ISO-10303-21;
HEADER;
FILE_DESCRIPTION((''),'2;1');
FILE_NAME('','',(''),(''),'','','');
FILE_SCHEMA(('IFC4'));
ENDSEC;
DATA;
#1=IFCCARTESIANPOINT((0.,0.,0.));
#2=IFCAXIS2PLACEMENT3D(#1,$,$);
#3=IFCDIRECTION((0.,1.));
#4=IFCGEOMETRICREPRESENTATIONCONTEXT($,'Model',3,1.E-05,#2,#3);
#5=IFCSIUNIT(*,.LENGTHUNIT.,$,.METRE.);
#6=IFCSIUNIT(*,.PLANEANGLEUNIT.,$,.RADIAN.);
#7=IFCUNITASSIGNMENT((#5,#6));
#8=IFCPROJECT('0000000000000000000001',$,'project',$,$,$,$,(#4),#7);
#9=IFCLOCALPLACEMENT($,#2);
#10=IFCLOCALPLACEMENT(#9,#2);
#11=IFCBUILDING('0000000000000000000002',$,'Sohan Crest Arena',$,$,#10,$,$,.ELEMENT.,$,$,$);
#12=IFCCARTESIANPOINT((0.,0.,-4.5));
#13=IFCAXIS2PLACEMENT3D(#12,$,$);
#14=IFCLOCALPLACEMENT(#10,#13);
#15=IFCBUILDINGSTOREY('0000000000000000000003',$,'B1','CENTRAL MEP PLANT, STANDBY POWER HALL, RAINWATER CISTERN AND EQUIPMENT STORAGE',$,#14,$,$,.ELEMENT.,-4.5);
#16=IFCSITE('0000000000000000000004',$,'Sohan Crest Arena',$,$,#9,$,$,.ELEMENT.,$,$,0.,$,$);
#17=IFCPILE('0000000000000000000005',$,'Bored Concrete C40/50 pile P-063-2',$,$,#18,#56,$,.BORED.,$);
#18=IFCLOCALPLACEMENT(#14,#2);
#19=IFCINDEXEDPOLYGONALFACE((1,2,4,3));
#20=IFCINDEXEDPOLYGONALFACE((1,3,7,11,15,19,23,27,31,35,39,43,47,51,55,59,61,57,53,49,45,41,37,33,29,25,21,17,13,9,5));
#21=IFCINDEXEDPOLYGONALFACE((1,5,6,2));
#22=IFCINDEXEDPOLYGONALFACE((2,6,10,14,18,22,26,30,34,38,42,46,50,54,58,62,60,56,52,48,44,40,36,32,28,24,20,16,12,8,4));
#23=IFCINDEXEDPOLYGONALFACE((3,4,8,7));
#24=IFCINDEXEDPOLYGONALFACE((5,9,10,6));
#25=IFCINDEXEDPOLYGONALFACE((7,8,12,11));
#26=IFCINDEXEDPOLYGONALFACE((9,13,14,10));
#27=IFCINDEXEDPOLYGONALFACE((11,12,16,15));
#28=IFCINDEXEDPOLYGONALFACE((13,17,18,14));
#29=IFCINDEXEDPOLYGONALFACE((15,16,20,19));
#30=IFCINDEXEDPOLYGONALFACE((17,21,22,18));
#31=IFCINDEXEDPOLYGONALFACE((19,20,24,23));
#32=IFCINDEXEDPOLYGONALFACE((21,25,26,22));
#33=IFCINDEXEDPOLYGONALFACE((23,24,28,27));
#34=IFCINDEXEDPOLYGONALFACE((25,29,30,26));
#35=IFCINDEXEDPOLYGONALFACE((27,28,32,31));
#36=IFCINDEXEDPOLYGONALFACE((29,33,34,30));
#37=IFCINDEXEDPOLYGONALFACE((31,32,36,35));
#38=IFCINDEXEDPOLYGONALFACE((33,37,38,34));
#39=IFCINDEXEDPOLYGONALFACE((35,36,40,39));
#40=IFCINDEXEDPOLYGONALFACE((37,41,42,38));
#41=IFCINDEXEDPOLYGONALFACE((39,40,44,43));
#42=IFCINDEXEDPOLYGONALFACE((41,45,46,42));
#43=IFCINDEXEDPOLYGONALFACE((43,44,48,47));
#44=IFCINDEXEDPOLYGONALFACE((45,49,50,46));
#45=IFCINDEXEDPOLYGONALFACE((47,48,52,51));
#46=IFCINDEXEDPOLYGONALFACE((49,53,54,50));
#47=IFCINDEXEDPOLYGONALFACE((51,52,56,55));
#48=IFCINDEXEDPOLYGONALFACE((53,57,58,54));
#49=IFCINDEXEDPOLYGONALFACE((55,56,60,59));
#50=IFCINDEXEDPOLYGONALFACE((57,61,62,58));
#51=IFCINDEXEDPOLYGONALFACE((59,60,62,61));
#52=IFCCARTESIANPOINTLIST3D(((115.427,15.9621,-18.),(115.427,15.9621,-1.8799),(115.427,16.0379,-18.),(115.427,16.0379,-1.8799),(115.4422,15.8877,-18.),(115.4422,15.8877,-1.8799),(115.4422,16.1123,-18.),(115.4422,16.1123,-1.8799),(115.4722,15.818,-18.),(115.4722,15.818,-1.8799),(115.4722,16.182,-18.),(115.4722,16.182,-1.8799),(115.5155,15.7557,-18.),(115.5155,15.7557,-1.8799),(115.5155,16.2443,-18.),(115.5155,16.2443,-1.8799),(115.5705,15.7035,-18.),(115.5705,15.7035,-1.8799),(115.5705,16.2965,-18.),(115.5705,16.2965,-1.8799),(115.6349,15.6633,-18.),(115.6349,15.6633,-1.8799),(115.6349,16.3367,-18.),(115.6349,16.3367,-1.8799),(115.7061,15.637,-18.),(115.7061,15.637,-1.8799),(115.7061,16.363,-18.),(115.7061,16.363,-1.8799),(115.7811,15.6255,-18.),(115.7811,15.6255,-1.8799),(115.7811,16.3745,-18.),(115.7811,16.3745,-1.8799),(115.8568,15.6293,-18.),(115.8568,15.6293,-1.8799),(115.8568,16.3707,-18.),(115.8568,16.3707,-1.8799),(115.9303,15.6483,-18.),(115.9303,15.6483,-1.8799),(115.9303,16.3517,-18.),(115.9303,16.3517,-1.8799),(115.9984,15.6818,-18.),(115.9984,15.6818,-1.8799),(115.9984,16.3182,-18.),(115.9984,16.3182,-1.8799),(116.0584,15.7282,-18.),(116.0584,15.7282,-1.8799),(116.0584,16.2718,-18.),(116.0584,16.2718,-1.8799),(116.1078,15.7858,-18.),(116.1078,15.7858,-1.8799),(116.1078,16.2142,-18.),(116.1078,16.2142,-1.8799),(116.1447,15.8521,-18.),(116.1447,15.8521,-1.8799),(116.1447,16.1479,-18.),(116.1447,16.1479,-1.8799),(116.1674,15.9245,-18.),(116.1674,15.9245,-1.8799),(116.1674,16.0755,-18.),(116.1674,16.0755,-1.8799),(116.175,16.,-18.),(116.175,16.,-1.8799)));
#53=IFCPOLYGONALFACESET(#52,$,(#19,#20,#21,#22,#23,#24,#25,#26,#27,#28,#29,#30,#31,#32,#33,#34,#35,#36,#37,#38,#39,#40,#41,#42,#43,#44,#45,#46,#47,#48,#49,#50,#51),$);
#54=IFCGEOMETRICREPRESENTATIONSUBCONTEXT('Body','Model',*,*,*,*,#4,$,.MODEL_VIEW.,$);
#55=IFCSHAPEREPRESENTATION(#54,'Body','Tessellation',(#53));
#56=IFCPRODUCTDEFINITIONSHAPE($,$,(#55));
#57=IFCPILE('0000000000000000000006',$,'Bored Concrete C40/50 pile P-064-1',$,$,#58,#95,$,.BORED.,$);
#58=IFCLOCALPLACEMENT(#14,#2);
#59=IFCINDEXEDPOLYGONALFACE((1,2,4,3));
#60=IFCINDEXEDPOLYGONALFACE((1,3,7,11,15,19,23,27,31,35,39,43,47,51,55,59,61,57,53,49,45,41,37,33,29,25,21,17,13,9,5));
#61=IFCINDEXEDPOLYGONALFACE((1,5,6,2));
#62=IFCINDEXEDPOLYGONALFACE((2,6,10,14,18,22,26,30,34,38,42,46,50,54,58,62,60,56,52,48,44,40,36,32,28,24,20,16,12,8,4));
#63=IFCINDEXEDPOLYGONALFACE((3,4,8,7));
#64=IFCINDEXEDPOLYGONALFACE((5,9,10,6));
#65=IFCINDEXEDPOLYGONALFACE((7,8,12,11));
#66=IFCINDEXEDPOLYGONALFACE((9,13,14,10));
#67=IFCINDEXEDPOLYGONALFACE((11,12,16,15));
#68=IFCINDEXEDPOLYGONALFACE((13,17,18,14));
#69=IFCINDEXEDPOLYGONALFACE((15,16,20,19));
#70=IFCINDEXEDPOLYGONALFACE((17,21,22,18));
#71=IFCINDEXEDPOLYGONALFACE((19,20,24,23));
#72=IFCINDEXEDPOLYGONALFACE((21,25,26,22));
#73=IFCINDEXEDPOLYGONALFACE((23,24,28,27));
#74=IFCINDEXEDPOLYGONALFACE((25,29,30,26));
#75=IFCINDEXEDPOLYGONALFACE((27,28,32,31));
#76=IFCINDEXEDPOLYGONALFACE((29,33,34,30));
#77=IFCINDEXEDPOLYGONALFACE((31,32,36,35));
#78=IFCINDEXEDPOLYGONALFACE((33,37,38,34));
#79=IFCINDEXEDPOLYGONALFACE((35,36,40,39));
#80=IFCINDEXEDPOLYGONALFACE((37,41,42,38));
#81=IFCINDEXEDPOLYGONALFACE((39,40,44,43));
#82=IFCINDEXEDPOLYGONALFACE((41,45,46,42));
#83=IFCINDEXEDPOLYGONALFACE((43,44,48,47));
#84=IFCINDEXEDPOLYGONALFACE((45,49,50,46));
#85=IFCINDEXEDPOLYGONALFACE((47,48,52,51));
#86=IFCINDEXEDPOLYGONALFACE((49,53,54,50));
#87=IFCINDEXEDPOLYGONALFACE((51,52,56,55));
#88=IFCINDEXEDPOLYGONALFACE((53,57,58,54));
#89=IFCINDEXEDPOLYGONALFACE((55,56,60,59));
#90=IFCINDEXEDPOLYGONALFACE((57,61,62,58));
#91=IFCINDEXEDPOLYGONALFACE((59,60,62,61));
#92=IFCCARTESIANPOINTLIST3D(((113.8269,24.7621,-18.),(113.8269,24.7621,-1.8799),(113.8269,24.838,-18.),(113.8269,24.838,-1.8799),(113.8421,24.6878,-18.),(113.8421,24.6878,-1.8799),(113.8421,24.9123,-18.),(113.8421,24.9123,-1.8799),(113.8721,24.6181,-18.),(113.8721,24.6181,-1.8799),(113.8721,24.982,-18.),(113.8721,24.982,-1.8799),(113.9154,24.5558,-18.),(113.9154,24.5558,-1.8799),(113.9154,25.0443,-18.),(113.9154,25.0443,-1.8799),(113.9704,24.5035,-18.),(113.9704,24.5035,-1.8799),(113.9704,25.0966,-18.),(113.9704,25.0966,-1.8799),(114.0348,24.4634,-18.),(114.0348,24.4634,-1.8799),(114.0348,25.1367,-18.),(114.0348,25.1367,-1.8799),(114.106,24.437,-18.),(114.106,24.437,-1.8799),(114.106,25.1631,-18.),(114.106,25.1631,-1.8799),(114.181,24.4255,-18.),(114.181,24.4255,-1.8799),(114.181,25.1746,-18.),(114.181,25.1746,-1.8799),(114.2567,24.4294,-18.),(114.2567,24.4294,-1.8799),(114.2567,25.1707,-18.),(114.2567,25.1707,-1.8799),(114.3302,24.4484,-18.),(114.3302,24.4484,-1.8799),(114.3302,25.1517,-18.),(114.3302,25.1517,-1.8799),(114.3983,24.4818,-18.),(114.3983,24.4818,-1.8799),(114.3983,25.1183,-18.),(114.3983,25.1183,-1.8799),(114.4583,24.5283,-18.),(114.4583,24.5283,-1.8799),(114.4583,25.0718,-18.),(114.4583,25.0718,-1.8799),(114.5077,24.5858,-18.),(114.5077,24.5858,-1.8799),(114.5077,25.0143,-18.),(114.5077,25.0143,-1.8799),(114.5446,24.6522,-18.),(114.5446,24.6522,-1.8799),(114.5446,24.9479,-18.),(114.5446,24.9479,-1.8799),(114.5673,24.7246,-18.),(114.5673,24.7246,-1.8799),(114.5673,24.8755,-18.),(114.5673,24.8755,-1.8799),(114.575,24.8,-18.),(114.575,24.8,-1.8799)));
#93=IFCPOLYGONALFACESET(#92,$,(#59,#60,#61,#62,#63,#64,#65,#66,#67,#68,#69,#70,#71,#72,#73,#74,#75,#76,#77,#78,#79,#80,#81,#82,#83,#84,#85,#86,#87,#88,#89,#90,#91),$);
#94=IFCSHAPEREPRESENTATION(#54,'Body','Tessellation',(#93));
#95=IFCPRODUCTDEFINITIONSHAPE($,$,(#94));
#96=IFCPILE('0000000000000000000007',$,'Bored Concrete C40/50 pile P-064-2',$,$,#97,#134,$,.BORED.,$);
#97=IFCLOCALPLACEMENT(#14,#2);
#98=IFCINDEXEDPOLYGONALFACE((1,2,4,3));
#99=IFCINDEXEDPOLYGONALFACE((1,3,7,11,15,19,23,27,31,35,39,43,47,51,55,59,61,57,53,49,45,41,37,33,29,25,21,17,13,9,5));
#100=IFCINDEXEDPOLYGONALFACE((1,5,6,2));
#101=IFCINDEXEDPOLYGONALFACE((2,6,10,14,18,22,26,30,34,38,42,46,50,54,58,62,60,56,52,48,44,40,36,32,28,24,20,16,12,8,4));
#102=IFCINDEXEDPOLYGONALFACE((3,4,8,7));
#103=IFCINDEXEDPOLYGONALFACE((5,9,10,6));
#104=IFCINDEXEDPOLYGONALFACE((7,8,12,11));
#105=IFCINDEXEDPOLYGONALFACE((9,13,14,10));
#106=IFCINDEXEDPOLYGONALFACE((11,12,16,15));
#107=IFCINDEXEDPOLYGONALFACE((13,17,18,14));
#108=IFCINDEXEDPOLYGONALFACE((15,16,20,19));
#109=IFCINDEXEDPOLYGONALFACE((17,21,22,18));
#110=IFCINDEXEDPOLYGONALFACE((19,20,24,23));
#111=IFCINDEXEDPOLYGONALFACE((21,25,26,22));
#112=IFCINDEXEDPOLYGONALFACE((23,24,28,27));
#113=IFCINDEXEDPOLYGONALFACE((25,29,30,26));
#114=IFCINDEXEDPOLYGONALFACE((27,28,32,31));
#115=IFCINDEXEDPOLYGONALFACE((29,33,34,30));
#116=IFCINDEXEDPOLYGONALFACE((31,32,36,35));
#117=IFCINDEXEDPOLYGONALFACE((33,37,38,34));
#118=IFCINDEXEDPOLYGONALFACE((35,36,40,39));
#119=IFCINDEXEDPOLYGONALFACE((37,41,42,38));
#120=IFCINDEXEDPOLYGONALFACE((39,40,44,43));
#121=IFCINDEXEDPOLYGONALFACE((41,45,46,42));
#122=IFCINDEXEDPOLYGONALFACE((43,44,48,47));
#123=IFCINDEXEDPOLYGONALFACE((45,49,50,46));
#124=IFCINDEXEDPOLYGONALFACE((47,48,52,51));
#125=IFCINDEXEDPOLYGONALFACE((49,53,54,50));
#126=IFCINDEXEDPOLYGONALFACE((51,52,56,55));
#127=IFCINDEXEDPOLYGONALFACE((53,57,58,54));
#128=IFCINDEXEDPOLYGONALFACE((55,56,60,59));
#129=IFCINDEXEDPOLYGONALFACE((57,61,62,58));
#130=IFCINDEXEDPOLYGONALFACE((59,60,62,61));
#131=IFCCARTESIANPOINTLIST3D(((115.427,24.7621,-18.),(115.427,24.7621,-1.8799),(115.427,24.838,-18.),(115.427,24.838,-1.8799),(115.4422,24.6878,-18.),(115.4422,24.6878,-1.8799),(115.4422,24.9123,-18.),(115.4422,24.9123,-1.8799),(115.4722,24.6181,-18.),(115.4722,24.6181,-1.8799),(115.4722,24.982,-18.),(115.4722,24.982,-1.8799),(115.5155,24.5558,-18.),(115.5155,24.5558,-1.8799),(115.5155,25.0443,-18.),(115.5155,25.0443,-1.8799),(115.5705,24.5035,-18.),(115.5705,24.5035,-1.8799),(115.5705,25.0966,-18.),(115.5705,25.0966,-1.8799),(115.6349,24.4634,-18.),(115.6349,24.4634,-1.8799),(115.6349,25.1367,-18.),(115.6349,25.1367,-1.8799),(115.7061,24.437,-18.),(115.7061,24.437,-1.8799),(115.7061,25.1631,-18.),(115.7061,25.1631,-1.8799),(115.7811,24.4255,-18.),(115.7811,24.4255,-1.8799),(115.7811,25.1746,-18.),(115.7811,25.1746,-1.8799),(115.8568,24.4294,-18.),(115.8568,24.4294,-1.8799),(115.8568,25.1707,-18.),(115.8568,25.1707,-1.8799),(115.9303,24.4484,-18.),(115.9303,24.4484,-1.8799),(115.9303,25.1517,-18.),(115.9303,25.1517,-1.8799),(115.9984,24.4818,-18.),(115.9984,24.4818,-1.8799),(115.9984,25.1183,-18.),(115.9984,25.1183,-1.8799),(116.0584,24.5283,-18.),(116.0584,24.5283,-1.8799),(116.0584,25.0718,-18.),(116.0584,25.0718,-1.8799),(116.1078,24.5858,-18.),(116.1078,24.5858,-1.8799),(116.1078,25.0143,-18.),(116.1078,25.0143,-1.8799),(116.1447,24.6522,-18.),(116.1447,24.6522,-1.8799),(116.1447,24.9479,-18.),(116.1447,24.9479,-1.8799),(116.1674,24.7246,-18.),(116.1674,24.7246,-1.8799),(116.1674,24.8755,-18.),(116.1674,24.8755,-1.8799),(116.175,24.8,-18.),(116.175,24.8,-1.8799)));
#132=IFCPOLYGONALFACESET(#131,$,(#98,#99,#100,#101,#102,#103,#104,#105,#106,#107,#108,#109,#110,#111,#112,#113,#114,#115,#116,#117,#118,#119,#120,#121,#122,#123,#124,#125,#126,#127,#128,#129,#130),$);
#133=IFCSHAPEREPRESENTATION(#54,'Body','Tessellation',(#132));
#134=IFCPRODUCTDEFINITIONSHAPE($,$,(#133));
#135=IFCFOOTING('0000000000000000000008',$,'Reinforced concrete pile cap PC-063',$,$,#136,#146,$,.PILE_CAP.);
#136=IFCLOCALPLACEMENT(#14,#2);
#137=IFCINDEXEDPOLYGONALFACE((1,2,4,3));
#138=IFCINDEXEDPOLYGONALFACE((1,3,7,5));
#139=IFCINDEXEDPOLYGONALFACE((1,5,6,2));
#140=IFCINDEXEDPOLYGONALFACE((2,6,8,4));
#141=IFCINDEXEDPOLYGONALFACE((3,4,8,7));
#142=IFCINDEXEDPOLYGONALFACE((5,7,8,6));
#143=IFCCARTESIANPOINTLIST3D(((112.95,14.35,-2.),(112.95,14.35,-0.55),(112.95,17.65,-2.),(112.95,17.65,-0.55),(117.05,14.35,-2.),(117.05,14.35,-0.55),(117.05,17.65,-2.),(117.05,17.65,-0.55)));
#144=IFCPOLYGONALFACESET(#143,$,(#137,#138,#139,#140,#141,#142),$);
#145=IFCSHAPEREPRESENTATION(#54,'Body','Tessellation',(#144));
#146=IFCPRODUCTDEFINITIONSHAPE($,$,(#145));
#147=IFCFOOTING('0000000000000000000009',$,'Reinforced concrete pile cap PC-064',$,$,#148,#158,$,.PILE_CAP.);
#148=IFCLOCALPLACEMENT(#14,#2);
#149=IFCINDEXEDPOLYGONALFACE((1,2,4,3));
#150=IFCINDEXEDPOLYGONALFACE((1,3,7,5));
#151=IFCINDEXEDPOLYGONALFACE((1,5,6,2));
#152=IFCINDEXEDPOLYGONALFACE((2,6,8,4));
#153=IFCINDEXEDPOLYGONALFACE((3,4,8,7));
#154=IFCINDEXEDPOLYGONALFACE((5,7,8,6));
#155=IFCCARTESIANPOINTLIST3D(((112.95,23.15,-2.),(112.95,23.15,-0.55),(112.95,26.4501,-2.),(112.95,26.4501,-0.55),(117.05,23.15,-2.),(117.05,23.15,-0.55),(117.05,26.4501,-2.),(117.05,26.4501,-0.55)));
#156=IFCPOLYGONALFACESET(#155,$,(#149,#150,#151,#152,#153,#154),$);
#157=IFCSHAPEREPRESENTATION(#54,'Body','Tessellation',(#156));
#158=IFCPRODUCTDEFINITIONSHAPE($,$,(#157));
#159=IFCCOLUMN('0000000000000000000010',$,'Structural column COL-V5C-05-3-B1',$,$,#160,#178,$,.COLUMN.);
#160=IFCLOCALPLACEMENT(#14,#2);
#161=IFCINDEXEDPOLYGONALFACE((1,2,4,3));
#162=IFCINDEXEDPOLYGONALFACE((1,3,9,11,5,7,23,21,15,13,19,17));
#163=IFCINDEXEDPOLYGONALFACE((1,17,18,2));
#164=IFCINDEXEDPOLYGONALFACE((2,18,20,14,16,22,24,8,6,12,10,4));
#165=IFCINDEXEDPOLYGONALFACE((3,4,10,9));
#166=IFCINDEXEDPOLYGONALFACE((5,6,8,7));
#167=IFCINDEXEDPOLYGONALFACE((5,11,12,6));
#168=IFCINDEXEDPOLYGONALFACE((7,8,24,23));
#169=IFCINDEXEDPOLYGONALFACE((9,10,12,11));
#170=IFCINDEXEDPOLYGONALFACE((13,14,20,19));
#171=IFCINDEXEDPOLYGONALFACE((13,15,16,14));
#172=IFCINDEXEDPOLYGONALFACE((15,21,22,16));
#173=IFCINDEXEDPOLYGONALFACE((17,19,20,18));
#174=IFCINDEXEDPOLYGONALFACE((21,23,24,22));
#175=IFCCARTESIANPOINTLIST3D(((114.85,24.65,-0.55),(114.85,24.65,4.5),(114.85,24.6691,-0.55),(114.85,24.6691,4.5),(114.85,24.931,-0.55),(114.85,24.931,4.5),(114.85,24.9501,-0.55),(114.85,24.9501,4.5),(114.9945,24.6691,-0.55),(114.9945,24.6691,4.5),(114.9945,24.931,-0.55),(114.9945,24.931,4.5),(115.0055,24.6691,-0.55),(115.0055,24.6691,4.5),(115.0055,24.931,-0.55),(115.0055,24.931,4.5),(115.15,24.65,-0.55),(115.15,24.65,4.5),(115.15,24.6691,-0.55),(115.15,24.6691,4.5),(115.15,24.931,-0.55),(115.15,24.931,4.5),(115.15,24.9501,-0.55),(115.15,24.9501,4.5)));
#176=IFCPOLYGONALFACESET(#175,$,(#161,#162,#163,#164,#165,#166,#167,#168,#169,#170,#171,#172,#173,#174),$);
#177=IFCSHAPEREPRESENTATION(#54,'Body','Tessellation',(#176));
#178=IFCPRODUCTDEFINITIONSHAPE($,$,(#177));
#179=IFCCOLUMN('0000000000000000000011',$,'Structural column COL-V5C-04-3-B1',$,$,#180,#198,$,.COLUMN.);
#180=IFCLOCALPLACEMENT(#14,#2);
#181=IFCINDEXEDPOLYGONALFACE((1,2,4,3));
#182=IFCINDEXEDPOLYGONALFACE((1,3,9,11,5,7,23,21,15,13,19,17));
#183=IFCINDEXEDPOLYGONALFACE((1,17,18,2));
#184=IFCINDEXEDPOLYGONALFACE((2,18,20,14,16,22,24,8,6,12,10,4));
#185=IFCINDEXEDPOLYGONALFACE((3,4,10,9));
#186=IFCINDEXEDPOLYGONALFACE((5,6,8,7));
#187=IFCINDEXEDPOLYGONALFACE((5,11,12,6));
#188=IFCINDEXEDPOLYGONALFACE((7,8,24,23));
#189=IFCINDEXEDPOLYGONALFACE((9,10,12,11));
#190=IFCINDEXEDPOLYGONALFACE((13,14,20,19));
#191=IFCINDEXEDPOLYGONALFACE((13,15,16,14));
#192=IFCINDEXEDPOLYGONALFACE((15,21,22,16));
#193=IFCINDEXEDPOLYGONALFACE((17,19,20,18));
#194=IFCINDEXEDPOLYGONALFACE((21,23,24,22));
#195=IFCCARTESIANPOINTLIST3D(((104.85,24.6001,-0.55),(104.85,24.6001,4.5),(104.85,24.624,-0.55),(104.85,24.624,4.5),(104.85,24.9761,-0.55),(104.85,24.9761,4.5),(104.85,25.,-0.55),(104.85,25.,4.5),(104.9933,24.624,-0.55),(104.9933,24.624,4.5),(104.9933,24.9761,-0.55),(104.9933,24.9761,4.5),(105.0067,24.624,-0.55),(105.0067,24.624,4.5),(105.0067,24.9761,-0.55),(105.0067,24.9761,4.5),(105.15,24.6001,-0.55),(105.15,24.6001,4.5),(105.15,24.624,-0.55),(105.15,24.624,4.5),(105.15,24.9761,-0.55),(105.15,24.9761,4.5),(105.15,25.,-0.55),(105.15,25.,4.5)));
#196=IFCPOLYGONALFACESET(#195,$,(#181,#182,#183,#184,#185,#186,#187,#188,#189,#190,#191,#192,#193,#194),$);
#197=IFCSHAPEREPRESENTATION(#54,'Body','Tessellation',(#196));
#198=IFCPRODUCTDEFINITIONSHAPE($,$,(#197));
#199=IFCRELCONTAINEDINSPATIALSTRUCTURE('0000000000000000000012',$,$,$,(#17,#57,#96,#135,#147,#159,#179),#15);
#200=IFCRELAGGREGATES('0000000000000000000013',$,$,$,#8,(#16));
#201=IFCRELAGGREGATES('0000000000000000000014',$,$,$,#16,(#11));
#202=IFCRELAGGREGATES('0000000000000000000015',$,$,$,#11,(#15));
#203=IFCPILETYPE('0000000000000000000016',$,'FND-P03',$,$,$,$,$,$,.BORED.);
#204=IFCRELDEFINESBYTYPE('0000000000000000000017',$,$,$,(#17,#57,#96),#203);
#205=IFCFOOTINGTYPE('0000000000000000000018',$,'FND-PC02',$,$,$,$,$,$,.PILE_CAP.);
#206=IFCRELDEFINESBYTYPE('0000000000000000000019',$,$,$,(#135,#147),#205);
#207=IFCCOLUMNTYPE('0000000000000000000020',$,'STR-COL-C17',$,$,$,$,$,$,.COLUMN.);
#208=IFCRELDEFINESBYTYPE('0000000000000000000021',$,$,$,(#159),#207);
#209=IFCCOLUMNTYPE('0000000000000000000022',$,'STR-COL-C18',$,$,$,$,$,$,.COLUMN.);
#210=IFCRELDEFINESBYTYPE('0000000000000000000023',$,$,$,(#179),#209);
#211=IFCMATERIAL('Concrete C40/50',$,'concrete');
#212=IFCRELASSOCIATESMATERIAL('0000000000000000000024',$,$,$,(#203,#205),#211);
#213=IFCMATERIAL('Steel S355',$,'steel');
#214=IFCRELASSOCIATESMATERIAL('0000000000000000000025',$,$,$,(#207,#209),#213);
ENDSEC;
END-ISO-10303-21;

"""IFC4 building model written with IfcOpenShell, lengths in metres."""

from ifc_helpers import new_model, si_unit, direction, frame, origin, origin_2d, place, context, subcontext, project, spatial, rectangle, circle, i_section, extrude, material, material_profile, profile_set, type_object, element, save


model = new_model("IFC4")

# Units and contexts
model_context = context("Model", 3, precision=1e-05, world=origin(), true_north=direction((0.0, 1.0)))
body_context = subcontext(model_context, "Body", "Model", "MODEL_VIEW")
ifc_project = project(units=[si_unit("LENGTHUNIT", "METRE"), si_unit("PLANEANGLEUNIT", "RADIAN")], contexts=[model_context])

# Site, building, storey
site_placement = place(None, origin())
site = spatial("IfcSite", under=ifc_project, at=site_placement, Name="Sohan Crest Arena", CompositionType="ELEMENT", RefElevation=0.0)
building_placement = place(site_placement, origin())
building = spatial("IfcBuilding", under=site, at=building_placement, Name="Sohan Crest Arena", CompositionType="ELEMENT")
storey_placement = place(building_placement, frame((0.0, 0.0, -4.5)))
storey = spatial("IfcBuildingStorey", under=building, at=storey_placement, Name="B1", Description="CENTRAL MEP PLANT, STANDBY POWER HALL, RAINWATER CISTERN AND EQUIPMENT STORAGE", CompositionType="ELEMENT", Elevation=-4.5)

# Shared definitions
ifc_material_1 = material(Name="Concrete C40/50", Category="concrete")

# Piles
ifc_material_profile_1 = material_profile(ifc_material_1, circle(Radius=0.375, at=origin_2d()), Name="PILE D750")
ifc_profile_set_1 = profile_set([ifc_material_profile_1], Name="Concrete C40/50")
pile_type = type_object("IfcPileType", Name="FND-P03", PredefinedType="BORED", material=ifc_profile_set_1)
for number, where, z_axis, x_axis, name in (
    (1, (115.8, 16.0, -18.0), (0.0, 0.0, 1.0), (1.0, 0.0, 0.0), "Bored Concrete C40/50 pile P-063-2"),
    (2, (114.2, 24.8, -18.0), (0.0, 0.0, 1.0), (1.0, 0.0, 0.0), "Bored Concrete C40/50 pile P-064-1"),
    (3, (115.8, 24.8, -18.0), (0.0, 0.0, 1.0), (1.0, 0.0, 0.0), "Bored Concrete C40/50 pile P-064-2"),
):
    element("IfcPile", number, at=place(storey_placement, frame(where, z_axis=z_axis, x_axis=x_axis)), inside=storey, type_object=pile_type, Name=name, PredefinedType="BORED", context=body_context, shape_type="SweptSolid", body=[
        extrude(circle(Radius=0.375, at=origin_2d()), origin(), (0.0, 0.0, 1.0), 16.1201),
    ])

# Footings
footing_type_1 = type_object("IfcFootingType", Name="FND-PC02", PredefinedType="PILE_CAP", material=ifc_material_1)
for number, where, z_axis, x_axis, name in (
    (4, (115.0, 16.0, -2.0), (0.0, 0.0, 1.0), (1.0, 0.0, 0.0), "Reinforced concrete pile cap PC-063"),
    (5, (115.0, 24.8, -2.0), (0.0, 0.0, 1.0), (1.0, 0.0, 0.0), "Reinforced concrete pile cap PC-064"),
):
    element("IfcFooting", number, at=place(storey_placement, frame(where, z_axis=z_axis, x_axis=x_axis)), inside=storey, type_object=footing_type_1, Name=name, PredefinedType="PILE_CAP", context=body_context, shape_type="SweptSolid", body=[
        extrude(rectangle(XDim=4.1001, YDim=3.3, at=origin_2d()), origin(), (0.0, 0.0, 1.0), 1.45),
    ])

# Columns
ifc_material_2 = material(Name="Steel S355", Category="steel")
ifc_material_profile_2 = material_profile(ifc_material_2, i_section(OverallWidth=0.3, OverallDepth=0.3, WebThickness=0.011, FlangeThickness=0.019, at=origin_2d()), Name="HEB 300")
ifc_profile_set_2 = profile_set([ifc_material_profile_2], Name="Steel S355")
column_type_1 = type_object("IfcColumnType", Name="STR-COL-C17", PredefinedType="COLUMN", material=ifc_profile_set_2)
column_placement = place(storey_placement, frame((115.0, 24.8, -0.55), z_axis=(0.0, 0.0, 1.0), x_axis=(1.0, 0.0, 0.0)))
element("IfcColumn", 6, at=column_placement, inside=storey, type_object=column_type_1, Name="Structural column COL-V5C-05-3-B1", PredefinedType="COLUMN", context=body_context, shape_type="SweptSolid", body=[
    extrude(i_section(OverallWidth=0.3, OverallDepth=0.3, WebThickness=0.011, FlangeThickness=0.019, at=origin_2d()), origin(), (0.0, 0.0, 1.0), 5.05),
])
ifc_material_profile_3 = material_profile(ifc_material_2, i_section(OverallWidth=0.3, OverallDepth=0.3999, WebThickness=0.0134, FlangeThickness=0.0239, at=origin_2d()), Name="HEB 400")
ifc_profile_set_3 = profile_set([ifc_material_profile_3], Name="Steel S355")
column_type_2 = type_object("IfcColumnType", Name="STR-COL-C18", PredefinedType="COLUMN", material=ifc_profile_set_3)
for number, where, z_axis, x_axis, name in (
    (7, (105.0, 24.8, -0.55), (0.0, 0.0, 1.0), (1.0, 0.0, 0.0), "Structural column COL-V5C-04-3-B1"),
):
    element("IfcColumn", number, at=place(storey_placement, frame(where, z_axis=z_axis, x_axis=x_axis)), inside=storey, type_object=column_type_2, Name=name, PredefinedType="COLUMN", context=body_context, shape_type="SweptSolid", body=[
        extrude(i_section(OverallWidth=0.3, OverallDepth=0.3999, WebThickness=0.0134, FlangeThickness=0.0239, at=origin_2d()), origin(), (0.0, 0.0, 1.0), 5.05),
    ])

save(model, "model.ifc")
